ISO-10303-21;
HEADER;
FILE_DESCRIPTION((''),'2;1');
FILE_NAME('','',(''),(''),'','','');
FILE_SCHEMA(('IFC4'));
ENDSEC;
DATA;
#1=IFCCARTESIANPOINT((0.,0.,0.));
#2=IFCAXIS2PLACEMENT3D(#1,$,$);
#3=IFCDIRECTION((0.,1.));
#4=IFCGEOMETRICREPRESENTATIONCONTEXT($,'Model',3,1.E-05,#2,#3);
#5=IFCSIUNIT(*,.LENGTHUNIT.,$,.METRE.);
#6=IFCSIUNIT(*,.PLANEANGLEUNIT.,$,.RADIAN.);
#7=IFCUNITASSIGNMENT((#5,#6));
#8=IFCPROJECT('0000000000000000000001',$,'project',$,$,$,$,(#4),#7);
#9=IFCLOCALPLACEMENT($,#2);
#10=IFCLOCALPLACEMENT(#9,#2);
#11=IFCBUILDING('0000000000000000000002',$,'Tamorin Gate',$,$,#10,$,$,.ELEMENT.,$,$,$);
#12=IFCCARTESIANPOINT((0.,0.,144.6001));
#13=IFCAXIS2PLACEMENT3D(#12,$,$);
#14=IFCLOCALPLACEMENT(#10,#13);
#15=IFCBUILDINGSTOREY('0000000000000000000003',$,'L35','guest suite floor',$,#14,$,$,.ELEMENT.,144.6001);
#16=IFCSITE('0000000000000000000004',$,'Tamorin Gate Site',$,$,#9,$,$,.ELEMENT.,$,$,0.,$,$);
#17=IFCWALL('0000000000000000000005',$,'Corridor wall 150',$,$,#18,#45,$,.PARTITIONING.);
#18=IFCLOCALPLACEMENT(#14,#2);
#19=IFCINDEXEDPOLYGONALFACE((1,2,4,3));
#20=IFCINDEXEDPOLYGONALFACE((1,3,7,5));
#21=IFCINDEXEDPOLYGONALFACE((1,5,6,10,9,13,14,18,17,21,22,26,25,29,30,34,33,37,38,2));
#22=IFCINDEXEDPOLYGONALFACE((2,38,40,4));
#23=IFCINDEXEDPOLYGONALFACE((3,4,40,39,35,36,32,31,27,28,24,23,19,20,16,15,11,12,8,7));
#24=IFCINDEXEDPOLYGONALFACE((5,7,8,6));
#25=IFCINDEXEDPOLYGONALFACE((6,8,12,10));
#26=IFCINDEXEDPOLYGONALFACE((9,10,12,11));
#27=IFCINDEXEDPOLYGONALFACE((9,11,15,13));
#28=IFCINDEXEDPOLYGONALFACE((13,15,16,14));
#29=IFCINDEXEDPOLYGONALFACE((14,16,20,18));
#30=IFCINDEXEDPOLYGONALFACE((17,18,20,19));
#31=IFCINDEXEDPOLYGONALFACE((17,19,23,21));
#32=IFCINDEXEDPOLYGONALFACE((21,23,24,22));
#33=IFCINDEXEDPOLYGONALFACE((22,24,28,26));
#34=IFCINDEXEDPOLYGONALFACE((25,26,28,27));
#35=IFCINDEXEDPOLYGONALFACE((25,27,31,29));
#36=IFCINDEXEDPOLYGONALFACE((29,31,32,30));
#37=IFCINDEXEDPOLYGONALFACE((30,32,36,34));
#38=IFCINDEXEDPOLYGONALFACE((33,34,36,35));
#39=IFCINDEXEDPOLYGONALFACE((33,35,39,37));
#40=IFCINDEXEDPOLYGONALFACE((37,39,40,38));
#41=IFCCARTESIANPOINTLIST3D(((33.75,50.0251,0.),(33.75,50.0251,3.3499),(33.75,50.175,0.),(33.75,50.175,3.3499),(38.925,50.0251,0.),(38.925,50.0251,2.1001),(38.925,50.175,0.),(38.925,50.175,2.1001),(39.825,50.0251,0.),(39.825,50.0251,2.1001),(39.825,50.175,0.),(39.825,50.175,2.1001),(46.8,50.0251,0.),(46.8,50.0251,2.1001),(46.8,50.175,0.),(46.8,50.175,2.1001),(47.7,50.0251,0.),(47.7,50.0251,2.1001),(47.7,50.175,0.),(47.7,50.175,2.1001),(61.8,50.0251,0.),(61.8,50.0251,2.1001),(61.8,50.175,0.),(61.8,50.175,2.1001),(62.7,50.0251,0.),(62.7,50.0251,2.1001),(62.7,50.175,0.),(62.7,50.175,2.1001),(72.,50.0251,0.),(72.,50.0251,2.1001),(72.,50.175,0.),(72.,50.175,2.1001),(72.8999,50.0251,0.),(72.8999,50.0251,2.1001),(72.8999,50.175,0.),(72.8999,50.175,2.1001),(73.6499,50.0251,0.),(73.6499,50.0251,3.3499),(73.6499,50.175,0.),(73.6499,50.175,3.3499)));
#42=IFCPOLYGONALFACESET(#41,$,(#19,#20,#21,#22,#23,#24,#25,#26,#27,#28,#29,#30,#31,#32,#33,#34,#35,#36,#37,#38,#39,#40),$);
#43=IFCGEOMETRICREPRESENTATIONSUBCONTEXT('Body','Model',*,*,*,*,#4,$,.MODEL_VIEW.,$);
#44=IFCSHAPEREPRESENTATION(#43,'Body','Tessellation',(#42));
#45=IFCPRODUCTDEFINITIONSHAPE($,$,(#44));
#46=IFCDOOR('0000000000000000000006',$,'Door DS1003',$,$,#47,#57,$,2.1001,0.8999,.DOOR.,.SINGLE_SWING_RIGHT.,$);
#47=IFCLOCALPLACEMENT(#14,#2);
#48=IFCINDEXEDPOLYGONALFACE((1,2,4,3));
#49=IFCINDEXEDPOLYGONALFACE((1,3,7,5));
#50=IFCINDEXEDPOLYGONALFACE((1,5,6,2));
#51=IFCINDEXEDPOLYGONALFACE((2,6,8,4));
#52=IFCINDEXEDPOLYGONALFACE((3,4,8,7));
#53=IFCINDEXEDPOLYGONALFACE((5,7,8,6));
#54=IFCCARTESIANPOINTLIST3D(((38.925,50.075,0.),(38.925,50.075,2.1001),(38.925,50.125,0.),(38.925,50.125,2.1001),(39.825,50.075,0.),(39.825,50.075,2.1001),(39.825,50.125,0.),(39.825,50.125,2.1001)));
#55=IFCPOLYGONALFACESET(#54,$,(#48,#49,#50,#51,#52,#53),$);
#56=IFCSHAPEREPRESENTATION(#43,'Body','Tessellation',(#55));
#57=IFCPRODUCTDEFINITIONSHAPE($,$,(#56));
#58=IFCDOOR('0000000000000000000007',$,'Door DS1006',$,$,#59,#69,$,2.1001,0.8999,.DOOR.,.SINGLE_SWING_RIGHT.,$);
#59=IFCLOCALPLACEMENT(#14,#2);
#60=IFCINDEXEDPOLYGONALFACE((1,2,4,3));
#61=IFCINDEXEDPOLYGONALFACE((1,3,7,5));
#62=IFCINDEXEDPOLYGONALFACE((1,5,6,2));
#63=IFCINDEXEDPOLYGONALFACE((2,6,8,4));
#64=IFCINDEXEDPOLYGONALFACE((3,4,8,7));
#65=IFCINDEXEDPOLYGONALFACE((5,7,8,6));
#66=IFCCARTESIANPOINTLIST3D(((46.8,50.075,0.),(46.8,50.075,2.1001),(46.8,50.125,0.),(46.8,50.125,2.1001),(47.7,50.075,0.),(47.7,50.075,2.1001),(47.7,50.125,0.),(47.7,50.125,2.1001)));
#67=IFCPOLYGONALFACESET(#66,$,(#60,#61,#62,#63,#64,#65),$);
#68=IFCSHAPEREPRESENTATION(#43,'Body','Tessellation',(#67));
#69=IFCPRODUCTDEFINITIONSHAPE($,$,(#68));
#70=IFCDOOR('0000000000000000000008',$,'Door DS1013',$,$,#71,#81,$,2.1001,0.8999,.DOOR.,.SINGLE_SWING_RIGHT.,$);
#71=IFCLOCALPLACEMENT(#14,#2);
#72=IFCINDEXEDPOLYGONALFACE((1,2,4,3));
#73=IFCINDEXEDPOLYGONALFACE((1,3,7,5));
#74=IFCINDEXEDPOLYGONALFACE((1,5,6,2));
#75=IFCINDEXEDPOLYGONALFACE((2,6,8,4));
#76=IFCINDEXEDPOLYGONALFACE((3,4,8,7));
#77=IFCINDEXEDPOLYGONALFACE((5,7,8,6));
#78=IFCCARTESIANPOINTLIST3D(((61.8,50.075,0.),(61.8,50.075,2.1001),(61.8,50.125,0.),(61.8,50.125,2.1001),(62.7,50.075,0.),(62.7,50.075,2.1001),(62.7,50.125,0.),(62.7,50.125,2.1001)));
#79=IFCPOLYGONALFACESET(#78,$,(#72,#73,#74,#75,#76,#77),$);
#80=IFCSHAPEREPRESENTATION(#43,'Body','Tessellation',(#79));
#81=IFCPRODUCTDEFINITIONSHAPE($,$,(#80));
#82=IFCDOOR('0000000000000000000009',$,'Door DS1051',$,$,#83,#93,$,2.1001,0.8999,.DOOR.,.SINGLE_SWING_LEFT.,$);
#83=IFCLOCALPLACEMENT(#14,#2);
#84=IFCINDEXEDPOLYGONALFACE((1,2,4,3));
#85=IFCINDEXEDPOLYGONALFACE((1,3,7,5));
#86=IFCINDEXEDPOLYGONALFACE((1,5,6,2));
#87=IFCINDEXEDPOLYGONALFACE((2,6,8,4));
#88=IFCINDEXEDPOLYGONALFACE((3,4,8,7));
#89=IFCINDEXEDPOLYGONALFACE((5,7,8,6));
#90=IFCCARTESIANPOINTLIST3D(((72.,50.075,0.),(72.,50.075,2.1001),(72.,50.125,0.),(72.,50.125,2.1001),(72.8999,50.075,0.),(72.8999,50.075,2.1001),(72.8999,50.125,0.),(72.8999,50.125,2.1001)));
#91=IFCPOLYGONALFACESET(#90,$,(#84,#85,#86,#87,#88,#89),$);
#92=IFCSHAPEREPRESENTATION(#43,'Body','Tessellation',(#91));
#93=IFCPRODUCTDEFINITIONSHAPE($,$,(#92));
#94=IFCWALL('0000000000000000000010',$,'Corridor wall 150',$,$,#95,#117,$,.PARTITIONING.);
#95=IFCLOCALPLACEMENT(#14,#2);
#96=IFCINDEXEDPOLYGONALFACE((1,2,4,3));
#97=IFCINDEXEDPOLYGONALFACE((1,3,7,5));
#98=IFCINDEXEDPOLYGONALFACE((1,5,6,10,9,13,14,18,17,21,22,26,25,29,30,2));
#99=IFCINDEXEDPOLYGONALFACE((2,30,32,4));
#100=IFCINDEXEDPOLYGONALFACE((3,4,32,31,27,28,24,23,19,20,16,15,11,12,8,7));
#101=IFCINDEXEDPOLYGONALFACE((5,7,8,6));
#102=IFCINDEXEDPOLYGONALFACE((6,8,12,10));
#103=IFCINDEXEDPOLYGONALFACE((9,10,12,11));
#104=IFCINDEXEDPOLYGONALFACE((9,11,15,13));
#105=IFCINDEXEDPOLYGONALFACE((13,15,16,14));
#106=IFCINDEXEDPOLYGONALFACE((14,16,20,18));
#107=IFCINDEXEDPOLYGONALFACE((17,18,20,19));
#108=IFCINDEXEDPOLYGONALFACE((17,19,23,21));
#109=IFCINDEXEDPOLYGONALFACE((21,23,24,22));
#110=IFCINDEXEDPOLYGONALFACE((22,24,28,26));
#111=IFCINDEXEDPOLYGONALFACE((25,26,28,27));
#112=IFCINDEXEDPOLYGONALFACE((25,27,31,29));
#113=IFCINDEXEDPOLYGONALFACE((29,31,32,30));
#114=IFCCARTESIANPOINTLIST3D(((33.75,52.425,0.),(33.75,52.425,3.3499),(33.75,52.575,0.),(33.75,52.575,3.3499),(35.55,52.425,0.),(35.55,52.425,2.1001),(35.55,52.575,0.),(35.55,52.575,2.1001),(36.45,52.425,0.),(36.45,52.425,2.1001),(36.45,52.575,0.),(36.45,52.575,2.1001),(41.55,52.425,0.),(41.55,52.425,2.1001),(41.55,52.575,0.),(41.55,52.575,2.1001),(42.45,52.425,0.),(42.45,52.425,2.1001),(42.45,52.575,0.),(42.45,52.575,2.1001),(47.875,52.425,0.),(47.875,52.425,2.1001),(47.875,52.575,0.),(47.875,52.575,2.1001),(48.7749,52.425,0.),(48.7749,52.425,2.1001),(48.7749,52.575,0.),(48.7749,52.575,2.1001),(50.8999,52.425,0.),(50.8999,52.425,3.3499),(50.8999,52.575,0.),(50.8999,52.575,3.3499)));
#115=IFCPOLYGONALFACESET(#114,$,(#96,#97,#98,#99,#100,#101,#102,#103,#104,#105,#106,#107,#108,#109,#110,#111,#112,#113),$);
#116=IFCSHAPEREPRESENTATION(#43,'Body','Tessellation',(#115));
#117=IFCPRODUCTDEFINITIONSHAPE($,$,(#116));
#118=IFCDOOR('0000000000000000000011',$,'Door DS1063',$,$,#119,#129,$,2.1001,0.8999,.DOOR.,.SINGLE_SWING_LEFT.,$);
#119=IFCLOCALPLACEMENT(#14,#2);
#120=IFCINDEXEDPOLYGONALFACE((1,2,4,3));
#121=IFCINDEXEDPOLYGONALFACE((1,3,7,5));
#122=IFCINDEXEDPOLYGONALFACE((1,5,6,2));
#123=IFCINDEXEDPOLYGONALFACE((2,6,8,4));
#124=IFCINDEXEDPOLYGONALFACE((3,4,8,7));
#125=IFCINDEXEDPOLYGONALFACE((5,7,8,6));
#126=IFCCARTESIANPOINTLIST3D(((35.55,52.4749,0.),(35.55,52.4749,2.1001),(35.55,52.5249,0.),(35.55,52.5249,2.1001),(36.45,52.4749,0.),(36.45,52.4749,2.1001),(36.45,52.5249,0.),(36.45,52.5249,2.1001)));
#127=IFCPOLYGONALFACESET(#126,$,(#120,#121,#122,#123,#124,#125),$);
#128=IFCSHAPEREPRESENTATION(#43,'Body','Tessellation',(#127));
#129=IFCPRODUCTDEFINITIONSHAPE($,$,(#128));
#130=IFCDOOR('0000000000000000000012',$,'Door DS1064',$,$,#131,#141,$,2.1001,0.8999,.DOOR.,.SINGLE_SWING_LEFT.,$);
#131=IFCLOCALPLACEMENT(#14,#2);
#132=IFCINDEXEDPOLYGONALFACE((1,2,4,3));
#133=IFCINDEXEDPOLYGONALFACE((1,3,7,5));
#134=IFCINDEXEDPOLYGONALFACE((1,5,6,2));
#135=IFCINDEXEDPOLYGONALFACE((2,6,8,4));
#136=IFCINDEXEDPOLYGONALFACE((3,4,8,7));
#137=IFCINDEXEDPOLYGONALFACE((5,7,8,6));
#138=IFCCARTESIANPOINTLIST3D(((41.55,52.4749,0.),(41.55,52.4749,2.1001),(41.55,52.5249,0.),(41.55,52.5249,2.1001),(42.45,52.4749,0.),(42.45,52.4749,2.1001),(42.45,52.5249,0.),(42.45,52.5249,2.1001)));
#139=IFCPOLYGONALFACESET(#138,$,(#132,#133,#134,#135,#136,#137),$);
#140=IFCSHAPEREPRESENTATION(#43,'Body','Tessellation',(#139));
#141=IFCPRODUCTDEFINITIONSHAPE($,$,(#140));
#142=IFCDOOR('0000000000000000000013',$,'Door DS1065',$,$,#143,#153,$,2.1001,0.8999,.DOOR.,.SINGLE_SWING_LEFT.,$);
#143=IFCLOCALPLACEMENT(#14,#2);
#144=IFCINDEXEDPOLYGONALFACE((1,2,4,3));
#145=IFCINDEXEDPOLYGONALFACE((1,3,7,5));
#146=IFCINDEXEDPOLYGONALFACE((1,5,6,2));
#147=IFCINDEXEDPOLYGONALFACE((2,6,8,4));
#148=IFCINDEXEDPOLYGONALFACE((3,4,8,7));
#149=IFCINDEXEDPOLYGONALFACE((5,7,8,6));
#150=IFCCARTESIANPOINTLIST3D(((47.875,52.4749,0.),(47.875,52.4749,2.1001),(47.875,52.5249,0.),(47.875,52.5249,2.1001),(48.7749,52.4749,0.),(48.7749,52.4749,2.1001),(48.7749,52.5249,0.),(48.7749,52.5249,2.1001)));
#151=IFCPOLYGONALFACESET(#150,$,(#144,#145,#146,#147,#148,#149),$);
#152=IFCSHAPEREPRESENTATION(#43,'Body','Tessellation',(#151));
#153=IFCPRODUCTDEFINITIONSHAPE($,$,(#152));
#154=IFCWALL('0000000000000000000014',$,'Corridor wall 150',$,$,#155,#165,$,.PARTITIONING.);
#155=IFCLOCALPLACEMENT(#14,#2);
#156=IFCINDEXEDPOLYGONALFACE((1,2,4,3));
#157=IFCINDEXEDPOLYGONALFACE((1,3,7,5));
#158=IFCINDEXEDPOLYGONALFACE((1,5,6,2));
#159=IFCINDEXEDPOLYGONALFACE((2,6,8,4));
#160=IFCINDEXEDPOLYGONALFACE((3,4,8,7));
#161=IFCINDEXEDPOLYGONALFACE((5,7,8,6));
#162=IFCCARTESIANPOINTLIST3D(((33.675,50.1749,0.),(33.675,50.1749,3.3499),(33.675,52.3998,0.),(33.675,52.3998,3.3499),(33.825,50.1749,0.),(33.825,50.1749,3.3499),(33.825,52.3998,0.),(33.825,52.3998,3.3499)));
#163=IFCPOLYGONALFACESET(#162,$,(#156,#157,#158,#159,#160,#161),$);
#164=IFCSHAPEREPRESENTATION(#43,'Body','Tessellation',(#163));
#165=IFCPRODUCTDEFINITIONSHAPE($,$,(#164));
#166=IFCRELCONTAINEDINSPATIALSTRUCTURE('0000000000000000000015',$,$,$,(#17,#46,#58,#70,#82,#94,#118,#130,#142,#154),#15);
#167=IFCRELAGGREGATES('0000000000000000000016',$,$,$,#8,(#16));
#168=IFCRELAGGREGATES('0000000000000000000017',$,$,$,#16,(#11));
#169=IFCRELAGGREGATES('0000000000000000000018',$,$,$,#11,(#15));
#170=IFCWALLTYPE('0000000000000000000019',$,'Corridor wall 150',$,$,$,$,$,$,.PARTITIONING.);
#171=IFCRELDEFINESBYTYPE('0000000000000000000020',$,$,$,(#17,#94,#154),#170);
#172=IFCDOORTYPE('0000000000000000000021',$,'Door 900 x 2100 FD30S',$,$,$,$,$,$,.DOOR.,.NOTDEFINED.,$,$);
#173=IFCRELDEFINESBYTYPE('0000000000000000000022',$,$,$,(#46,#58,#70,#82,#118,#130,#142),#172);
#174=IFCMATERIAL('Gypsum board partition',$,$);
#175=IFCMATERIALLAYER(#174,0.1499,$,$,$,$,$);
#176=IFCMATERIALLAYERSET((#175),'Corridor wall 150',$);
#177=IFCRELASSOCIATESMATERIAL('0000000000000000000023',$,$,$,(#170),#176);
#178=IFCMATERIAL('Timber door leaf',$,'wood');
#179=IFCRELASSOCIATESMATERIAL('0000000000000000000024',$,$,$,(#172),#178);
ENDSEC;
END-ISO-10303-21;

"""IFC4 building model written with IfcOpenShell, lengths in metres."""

from ifc_helpers import new_model, si_unit, direction, frame, frame_2d, origin, place, context, subcontext, project, spatial, rectangle, extrude, material, layer, layer_set, type_object, element, fill, save


model = new_model("IFC4")

# Units and contexts
model_context = context("Model", 3, precision=1e-05, world=origin(), true_north=direction((0.0, 1.0)))
body_context = subcontext(model_context, "Body", "Model", "MODEL_VIEW")
ifc_project = project(units=[si_unit("LENGTHUNIT", "METRE"), si_unit("PLANEANGLEUNIT", "RADIAN")], contexts=[model_context])

# Site, building, storey
site_placement = place(None, origin())
site = spatial("IfcSite", under=ifc_project, at=site_placement, Name="Tamorin Gate Site", CompositionType="ELEMENT", RefElevation=0.0)
building_placement = place(site_placement, origin())
building = spatial("IfcBuilding", under=site, at=building_placement, Name="Tamorin Gate", CompositionType="ELEMENT")
storey_placement = place(building_placement, frame((0.0, 0.0, 144.6001)))
storey = spatial("IfcBuildingStorey", under=building, at=storey_placement, Name="L35", Description="guest suite floor", CompositionType="ELEMENT", Elevation=144.6001)

# Walls, openings, doors
ifc_material_1 = material(Name="Gypsum board partition")
ifc_layer_1 = layer(ifc_material_1, 0.1499)
ifc_layer_set_1 = layer_set([ifc_layer_1], Name="Corridor wall 150")
wall_type_1 = type_object("IfcWallType", Name="Corridor wall 150", PredefinedType="PARTITIONING", material=ifc_layer_set_1)
wall_1_placement = place(storey_placement, frame((33.75, 50.1001, 0.0), z_axis=(0.0, 0.0, 1.0), x_axis=(1.0, 0.0, 0.0)))
wall_1 = element("IfcWall", 1, at=wall_1_placement, inside=storey, type_object=wall_type_1, Name="Corridor wall 150", PredefinedType="PARTITIONING", context=body_context, shape_type="SweptSolid", body=[
    extrude(rectangle(XDim=39.8999, YDim=0.1499, at=frame_2d((19.95, 0.0))), origin(), (0.0, 0.0, 1.0), 3.3499),
])
opening_1_placement = place(wall_1_placement, frame((5.175, 0.0, 0.0)))
opening_1 = element("IfcOpeningElement", 2, at=opening_1_placement, cuts=wall_1, PredefinedType="OPENING", context=body_context, shape_type="SweptSolid", body=[
    extrude(rectangle(XDim=0.8999, YDim=2.1001, at=frame_2d((0.45, 1.05))), frame((0.0, 0.085, 0.0), z_axis=(0.0, -1.0, 0.0), x_axis=(1.0, 0.0, 0.0)), (0.0, 0.0, 1.0), 0.1699),
])
opening_2_placement = place(wall_1_placement, frame((13.05, 0.0, 0.0)))
opening_2 = element("IfcOpeningElement", 3, at=opening_2_placement, cuts=wall_1, PredefinedType="OPENING", context=body_context, shape_type="SweptSolid", body=[
    extrude(rectangle(XDim=0.8999, YDim=2.1001, at=frame_2d((0.45, 1.05))), frame((0.0, 0.085, 0.0), z_axis=(0.0, -1.0, 0.0), x_axis=(1.0, 0.0, 0.0)), (0.0, 0.0, 1.0), 0.1699),
])
opening_3_placement = place(wall_1_placement, frame((28.05, 0.0, 0.0)))
opening_3 = element("IfcOpeningElement", 4, at=opening_3_placement, cuts=wall_1, PredefinedType="OPENING", context=body_context, shape_type="SweptSolid", body=[
    extrude(rectangle(XDim=0.8999, YDim=2.1001, at=frame_2d((0.45, 1.05))), frame((0.0, 0.085, 0.0), z_axis=(0.0, -1.0, 0.0), x_axis=(1.0, 0.0, 0.0)), (0.0, 0.0, 1.0), 0.1699),
])
opening_4_placement = place(wall_1_placement, frame((38.25, 0.0, 0.0)))
opening_4 = element("IfcOpeningElement", 5, at=opening_4_placement, cuts=wall_1, PredefinedType="OPENING", context=body_context, shape_type="SweptSolid", body=[
    extrude(rectangle(XDim=0.8999, YDim=2.1001, at=frame_2d((0.45, 1.05))), frame((0.0, 0.085, 0.0), z_axis=(0.0, -1.0, 0.0), x_axis=(1.0, 0.0, 0.0)), (0.0, 0.0, 1.0), 0.1699),
])
ifc_material_2 = material(Name="Timber door leaf", Category="wood")
door_type_1 = type_object("IfcDoorType", Name="Door 900 x 2100 FD30S", OperationType="NOTDEFINED", PredefinedType="DOOR", material=ifc_material_2)
door_1_placement = place(opening_1_placement, origin())
door_1 = element("IfcDoor", 6, at=door_1_placement, inside=storey, type_object=door_type_1, Name="Door DS1003", OperationType="SINGLE_SWING_RIGHT", OverallHeight=2.1001, OverallWidth=0.8999, PredefinedType="DOOR", context=body_context, shape_type="SweptSolid", body=[
    extrude(rectangle(XDim=0.8999, YDim=2.1001, at=frame_2d((0.45, 1.05))), frame((0.0, 0.0249, 0.0), z_axis=(0.0, -1.0, 0.0), x_axis=(1.0, 0.0, 0.0)), (0.0, 0.0, 1.0), 0.05),
])
fill(opening_1, door_1)
door_2_placement = place(opening_2_placement, origin())
door_2 = element("IfcDoor", 7, at=door_2_placement, inside=storey, type_object=door_type_1, Name="Door DS1006", OperationType="SINGLE_SWING_RIGHT", OverallHeight=2.1001, OverallWidth=0.8999, PredefinedType="DOOR", context=body_context, shape_type="SweptSolid", body=[
    extrude(rectangle(XDim=0.8999, YDim=2.1001, at=frame_2d((0.45, 1.05))), frame((0.0, 0.0249, 0.0), z_axis=(0.0, -1.0, 0.0), x_axis=(1.0, 0.0, 0.0)), (0.0, 0.0, 1.0), 0.05),
])
fill(opening_2, door_2)
door_3_placement = place(opening_3_placement, origin())
door_3 = element("IfcDoor", 8, at=door_3_placement, inside=storey, type_object=door_type_1, Name="Door DS1013", OperationType="SINGLE_SWING_RIGHT", OverallHeight=2.1001, OverallWidth=0.8999, PredefinedType="DOOR", context=body_context, shape_type="SweptSolid", body=[
    extrude(rectangle(XDim=0.8999, YDim=2.1001, at=frame_2d((0.45, 1.05))), frame((0.0, 0.0249, 0.0), z_axis=(0.0, -1.0, 0.0), x_axis=(1.0, 0.0, 0.0)), (0.0, 0.0, 1.0), 0.05),
])
fill(opening_3, door_3)
door_4_placement = place(opening_4_placement, origin())
door_4 = element("IfcDoor", 9, at=door_4_placement, inside=storey, type_object=door_type_1, Name="Door DS1051", OperationType="SINGLE_SWING_LEFT", OverallHeight=2.1001, OverallWidth=0.8999, PredefinedType="DOOR", context=body_context, shape_type="SweptSolid", body=[
    extrude(rectangle(XDim=0.8999, YDim=2.1001, at=frame_2d((0.45, 1.05))), frame((0.0, 0.0249, 0.0), z_axis=(0.0, -1.0, 0.0), x_axis=(1.0, 0.0, 0.0)), (0.0, 0.0, 1.0), 0.05),
])
fill(opening_4, door_4)
wall_2_placement = place(storey_placement, frame((33.75, 52.5, 0.0), z_axis=(0.0, 0.0, 1.0), x_axis=(1.0, 0.0, 0.0)))
wall_2 = element("IfcWall", 10, at=wall_2_placement, inside=storey, type_object=wall_type_1, Name="Corridor wall 150", PredefinedType="PARTITIONING", context=body_context, shape_type="SweptSolid", body=[
    extrude(rectangle(XDim=17.1499, YDim=0.1499, at=frame_2d((8.575, 0.0))), origin(), (0.0, 0.0, 1.0), 3.3499),
])
opening_5_placement = place(wall_2_placement, frame((1.8, 0.0, 0.0)))
opening_5 = element("IfcOpeningElement", 11, at=opening_5_placement, cuts=wall_2, PredefinedType="OPENING", context=body_context, shape_type="SweptSolid", body=[
    extrude(rectangle(XDim=0.8999, YDim=2.1001, at=frame_2d((0.45, 1.05))), frame((0.0, 0.085, 0.0), z_axis=(0.0, -1.0, 0.0), x_axis=(1.0, 0.0, 0.0)), (0.0, 0.0, 1.0), 0.1699),
])
opening_6_placement = place(wall_2_placement, frame((7.8, 0.0, 0.0)))
opening_6 = element("IfcOpeningElement", 12, at=opening_6_placement, cuts=wall_2, PredefinedType="OPENING", context=body_context, shape_type="SweptSolid", body=[
    extrude(rectangle(XDim=0.8999, YDim=2.1001, at=frame_2d((0.45, 1.05))), frame((0.0, 0.085, 0.0), z_axis=(0.0, -1.0, 0.0), x_axis=(1.0, 0.0, 0.0)), (0.0, 0.0, 1.0), 0.1699),
])
opening_7_placement = place(wall_2_placement, frame((14.125, 0.0, 0.0)))
opening_7 = element("IfcOpeningElement", 13, at=opening_7_placement, cuts=wall_2, PredefinedType="OPENING", context=body_context, shape_type="SweptSolid", body=[
    extrude(rectangle(XDim=0.8999, YDim=2.1001, at=frame_2d((0.45, 1.05))), frame((0.0, 0.085, 0.0), z_axis=(0.0, -1.0, 0.0), x_axis=(1.0, 0.0, 0.0)), (0.0, 0.0, 1.0), 0.1699),
])
door_5_placement = place(opening_5_placement, origin())
door_5 = element("IfcDoor", 14, at=door_5_placement, inside=storey, type_object=door_type_1, Name="Door DS1063", OperationType="SINGLE_SWING_LEFT", OverallHeight=2.1001, OverallWidth=0.8999, PredefinedType="DOOR", context=body_context, shape_type="SweptSolid", body=[
    extrude(rectangle(XDim=0.8999, YDim=2.1001, at=frame_2d((0.45, 1.05))), frame((0.0, 0.0249, 0.0), z_axis=(0.0, -1.0, 0.0), x_axis=(1.0, 0.0, 0.0)), (0.0, 0.0, 1.0), 0.05),
])
fill(opening_5, door_5)
door_6_placement = place(opening_6_placement, origin())
door_6 = element("IfcDoor", 15, at=door_6_placement, inside=storey, type_object=door_type_1, Name="Door DS1064", OperationType="SINGLE_SWING_LEFT", OverallHeight=2.1001, OverallWidth=0.8999, PredefinedType="DOOR", context=body_context, shape_type="SweptSolid", body=[
    extrude(rectangle(XDim=0.8999, YDim=2.1001, at=frame_2d((0.45, 1.05))), frame((0.0, 0.0249, 0.0), z_axis=(0.0, -1.0, 0.0), x_axis=(1.0, 0.0, 0.0)), (0.0, 0.0, 1.0), 0.05),
])
fill(opening_6, door_6)
door_7_placement = place(opening_7_placement, origin())
door_7 = element("IfcDoor", 16, at=door_7_placement, inside=storey, type_object=door_type_1, Name="Door DS1065", OperationType="SINGLE_SWING_LEFT", OverallHeight=2.1001, OverallWidth=0.8999, PredefinedType="DOOR", context=body_context, shape_type="SweptSolid", body=[
    extrude(rectangle(XDim=0.8999, YDim=2.1001, at=frame_2d((0.45, 1.05))), frame((0.0, 0.0249, 0.0), z_axis=(0.0, -1.0, 0.0), x_axis=(1.0, 0.0, 0.0)), (0.0, 0.0, 1.0), 0.05),
])
fill(opening_7, door_7)

# Wall
wall_3_placement = place(storey_placement, frame((33.75, 50.175, 0.0), z_axis=(0.0, 0.0, 1.0), x_axis=(0.0, 1.0, 0.0)))
element("IfcWall", 17, at=wall_3_placement, inside=storey, type_object=wall_type_1, Name="Corridor wall 150", PredefinedType="PARTITIONING", context=body_context, shape_type="SweptSolid", body=[
    extrude(rectangle(XDim=2.2249, YDim=0.1499, at=frame_2d((1.1123, 0.0))), origin(), (0.0, 0.0, 1.0), 3.3499),
])

save(model, "model.ifc")
